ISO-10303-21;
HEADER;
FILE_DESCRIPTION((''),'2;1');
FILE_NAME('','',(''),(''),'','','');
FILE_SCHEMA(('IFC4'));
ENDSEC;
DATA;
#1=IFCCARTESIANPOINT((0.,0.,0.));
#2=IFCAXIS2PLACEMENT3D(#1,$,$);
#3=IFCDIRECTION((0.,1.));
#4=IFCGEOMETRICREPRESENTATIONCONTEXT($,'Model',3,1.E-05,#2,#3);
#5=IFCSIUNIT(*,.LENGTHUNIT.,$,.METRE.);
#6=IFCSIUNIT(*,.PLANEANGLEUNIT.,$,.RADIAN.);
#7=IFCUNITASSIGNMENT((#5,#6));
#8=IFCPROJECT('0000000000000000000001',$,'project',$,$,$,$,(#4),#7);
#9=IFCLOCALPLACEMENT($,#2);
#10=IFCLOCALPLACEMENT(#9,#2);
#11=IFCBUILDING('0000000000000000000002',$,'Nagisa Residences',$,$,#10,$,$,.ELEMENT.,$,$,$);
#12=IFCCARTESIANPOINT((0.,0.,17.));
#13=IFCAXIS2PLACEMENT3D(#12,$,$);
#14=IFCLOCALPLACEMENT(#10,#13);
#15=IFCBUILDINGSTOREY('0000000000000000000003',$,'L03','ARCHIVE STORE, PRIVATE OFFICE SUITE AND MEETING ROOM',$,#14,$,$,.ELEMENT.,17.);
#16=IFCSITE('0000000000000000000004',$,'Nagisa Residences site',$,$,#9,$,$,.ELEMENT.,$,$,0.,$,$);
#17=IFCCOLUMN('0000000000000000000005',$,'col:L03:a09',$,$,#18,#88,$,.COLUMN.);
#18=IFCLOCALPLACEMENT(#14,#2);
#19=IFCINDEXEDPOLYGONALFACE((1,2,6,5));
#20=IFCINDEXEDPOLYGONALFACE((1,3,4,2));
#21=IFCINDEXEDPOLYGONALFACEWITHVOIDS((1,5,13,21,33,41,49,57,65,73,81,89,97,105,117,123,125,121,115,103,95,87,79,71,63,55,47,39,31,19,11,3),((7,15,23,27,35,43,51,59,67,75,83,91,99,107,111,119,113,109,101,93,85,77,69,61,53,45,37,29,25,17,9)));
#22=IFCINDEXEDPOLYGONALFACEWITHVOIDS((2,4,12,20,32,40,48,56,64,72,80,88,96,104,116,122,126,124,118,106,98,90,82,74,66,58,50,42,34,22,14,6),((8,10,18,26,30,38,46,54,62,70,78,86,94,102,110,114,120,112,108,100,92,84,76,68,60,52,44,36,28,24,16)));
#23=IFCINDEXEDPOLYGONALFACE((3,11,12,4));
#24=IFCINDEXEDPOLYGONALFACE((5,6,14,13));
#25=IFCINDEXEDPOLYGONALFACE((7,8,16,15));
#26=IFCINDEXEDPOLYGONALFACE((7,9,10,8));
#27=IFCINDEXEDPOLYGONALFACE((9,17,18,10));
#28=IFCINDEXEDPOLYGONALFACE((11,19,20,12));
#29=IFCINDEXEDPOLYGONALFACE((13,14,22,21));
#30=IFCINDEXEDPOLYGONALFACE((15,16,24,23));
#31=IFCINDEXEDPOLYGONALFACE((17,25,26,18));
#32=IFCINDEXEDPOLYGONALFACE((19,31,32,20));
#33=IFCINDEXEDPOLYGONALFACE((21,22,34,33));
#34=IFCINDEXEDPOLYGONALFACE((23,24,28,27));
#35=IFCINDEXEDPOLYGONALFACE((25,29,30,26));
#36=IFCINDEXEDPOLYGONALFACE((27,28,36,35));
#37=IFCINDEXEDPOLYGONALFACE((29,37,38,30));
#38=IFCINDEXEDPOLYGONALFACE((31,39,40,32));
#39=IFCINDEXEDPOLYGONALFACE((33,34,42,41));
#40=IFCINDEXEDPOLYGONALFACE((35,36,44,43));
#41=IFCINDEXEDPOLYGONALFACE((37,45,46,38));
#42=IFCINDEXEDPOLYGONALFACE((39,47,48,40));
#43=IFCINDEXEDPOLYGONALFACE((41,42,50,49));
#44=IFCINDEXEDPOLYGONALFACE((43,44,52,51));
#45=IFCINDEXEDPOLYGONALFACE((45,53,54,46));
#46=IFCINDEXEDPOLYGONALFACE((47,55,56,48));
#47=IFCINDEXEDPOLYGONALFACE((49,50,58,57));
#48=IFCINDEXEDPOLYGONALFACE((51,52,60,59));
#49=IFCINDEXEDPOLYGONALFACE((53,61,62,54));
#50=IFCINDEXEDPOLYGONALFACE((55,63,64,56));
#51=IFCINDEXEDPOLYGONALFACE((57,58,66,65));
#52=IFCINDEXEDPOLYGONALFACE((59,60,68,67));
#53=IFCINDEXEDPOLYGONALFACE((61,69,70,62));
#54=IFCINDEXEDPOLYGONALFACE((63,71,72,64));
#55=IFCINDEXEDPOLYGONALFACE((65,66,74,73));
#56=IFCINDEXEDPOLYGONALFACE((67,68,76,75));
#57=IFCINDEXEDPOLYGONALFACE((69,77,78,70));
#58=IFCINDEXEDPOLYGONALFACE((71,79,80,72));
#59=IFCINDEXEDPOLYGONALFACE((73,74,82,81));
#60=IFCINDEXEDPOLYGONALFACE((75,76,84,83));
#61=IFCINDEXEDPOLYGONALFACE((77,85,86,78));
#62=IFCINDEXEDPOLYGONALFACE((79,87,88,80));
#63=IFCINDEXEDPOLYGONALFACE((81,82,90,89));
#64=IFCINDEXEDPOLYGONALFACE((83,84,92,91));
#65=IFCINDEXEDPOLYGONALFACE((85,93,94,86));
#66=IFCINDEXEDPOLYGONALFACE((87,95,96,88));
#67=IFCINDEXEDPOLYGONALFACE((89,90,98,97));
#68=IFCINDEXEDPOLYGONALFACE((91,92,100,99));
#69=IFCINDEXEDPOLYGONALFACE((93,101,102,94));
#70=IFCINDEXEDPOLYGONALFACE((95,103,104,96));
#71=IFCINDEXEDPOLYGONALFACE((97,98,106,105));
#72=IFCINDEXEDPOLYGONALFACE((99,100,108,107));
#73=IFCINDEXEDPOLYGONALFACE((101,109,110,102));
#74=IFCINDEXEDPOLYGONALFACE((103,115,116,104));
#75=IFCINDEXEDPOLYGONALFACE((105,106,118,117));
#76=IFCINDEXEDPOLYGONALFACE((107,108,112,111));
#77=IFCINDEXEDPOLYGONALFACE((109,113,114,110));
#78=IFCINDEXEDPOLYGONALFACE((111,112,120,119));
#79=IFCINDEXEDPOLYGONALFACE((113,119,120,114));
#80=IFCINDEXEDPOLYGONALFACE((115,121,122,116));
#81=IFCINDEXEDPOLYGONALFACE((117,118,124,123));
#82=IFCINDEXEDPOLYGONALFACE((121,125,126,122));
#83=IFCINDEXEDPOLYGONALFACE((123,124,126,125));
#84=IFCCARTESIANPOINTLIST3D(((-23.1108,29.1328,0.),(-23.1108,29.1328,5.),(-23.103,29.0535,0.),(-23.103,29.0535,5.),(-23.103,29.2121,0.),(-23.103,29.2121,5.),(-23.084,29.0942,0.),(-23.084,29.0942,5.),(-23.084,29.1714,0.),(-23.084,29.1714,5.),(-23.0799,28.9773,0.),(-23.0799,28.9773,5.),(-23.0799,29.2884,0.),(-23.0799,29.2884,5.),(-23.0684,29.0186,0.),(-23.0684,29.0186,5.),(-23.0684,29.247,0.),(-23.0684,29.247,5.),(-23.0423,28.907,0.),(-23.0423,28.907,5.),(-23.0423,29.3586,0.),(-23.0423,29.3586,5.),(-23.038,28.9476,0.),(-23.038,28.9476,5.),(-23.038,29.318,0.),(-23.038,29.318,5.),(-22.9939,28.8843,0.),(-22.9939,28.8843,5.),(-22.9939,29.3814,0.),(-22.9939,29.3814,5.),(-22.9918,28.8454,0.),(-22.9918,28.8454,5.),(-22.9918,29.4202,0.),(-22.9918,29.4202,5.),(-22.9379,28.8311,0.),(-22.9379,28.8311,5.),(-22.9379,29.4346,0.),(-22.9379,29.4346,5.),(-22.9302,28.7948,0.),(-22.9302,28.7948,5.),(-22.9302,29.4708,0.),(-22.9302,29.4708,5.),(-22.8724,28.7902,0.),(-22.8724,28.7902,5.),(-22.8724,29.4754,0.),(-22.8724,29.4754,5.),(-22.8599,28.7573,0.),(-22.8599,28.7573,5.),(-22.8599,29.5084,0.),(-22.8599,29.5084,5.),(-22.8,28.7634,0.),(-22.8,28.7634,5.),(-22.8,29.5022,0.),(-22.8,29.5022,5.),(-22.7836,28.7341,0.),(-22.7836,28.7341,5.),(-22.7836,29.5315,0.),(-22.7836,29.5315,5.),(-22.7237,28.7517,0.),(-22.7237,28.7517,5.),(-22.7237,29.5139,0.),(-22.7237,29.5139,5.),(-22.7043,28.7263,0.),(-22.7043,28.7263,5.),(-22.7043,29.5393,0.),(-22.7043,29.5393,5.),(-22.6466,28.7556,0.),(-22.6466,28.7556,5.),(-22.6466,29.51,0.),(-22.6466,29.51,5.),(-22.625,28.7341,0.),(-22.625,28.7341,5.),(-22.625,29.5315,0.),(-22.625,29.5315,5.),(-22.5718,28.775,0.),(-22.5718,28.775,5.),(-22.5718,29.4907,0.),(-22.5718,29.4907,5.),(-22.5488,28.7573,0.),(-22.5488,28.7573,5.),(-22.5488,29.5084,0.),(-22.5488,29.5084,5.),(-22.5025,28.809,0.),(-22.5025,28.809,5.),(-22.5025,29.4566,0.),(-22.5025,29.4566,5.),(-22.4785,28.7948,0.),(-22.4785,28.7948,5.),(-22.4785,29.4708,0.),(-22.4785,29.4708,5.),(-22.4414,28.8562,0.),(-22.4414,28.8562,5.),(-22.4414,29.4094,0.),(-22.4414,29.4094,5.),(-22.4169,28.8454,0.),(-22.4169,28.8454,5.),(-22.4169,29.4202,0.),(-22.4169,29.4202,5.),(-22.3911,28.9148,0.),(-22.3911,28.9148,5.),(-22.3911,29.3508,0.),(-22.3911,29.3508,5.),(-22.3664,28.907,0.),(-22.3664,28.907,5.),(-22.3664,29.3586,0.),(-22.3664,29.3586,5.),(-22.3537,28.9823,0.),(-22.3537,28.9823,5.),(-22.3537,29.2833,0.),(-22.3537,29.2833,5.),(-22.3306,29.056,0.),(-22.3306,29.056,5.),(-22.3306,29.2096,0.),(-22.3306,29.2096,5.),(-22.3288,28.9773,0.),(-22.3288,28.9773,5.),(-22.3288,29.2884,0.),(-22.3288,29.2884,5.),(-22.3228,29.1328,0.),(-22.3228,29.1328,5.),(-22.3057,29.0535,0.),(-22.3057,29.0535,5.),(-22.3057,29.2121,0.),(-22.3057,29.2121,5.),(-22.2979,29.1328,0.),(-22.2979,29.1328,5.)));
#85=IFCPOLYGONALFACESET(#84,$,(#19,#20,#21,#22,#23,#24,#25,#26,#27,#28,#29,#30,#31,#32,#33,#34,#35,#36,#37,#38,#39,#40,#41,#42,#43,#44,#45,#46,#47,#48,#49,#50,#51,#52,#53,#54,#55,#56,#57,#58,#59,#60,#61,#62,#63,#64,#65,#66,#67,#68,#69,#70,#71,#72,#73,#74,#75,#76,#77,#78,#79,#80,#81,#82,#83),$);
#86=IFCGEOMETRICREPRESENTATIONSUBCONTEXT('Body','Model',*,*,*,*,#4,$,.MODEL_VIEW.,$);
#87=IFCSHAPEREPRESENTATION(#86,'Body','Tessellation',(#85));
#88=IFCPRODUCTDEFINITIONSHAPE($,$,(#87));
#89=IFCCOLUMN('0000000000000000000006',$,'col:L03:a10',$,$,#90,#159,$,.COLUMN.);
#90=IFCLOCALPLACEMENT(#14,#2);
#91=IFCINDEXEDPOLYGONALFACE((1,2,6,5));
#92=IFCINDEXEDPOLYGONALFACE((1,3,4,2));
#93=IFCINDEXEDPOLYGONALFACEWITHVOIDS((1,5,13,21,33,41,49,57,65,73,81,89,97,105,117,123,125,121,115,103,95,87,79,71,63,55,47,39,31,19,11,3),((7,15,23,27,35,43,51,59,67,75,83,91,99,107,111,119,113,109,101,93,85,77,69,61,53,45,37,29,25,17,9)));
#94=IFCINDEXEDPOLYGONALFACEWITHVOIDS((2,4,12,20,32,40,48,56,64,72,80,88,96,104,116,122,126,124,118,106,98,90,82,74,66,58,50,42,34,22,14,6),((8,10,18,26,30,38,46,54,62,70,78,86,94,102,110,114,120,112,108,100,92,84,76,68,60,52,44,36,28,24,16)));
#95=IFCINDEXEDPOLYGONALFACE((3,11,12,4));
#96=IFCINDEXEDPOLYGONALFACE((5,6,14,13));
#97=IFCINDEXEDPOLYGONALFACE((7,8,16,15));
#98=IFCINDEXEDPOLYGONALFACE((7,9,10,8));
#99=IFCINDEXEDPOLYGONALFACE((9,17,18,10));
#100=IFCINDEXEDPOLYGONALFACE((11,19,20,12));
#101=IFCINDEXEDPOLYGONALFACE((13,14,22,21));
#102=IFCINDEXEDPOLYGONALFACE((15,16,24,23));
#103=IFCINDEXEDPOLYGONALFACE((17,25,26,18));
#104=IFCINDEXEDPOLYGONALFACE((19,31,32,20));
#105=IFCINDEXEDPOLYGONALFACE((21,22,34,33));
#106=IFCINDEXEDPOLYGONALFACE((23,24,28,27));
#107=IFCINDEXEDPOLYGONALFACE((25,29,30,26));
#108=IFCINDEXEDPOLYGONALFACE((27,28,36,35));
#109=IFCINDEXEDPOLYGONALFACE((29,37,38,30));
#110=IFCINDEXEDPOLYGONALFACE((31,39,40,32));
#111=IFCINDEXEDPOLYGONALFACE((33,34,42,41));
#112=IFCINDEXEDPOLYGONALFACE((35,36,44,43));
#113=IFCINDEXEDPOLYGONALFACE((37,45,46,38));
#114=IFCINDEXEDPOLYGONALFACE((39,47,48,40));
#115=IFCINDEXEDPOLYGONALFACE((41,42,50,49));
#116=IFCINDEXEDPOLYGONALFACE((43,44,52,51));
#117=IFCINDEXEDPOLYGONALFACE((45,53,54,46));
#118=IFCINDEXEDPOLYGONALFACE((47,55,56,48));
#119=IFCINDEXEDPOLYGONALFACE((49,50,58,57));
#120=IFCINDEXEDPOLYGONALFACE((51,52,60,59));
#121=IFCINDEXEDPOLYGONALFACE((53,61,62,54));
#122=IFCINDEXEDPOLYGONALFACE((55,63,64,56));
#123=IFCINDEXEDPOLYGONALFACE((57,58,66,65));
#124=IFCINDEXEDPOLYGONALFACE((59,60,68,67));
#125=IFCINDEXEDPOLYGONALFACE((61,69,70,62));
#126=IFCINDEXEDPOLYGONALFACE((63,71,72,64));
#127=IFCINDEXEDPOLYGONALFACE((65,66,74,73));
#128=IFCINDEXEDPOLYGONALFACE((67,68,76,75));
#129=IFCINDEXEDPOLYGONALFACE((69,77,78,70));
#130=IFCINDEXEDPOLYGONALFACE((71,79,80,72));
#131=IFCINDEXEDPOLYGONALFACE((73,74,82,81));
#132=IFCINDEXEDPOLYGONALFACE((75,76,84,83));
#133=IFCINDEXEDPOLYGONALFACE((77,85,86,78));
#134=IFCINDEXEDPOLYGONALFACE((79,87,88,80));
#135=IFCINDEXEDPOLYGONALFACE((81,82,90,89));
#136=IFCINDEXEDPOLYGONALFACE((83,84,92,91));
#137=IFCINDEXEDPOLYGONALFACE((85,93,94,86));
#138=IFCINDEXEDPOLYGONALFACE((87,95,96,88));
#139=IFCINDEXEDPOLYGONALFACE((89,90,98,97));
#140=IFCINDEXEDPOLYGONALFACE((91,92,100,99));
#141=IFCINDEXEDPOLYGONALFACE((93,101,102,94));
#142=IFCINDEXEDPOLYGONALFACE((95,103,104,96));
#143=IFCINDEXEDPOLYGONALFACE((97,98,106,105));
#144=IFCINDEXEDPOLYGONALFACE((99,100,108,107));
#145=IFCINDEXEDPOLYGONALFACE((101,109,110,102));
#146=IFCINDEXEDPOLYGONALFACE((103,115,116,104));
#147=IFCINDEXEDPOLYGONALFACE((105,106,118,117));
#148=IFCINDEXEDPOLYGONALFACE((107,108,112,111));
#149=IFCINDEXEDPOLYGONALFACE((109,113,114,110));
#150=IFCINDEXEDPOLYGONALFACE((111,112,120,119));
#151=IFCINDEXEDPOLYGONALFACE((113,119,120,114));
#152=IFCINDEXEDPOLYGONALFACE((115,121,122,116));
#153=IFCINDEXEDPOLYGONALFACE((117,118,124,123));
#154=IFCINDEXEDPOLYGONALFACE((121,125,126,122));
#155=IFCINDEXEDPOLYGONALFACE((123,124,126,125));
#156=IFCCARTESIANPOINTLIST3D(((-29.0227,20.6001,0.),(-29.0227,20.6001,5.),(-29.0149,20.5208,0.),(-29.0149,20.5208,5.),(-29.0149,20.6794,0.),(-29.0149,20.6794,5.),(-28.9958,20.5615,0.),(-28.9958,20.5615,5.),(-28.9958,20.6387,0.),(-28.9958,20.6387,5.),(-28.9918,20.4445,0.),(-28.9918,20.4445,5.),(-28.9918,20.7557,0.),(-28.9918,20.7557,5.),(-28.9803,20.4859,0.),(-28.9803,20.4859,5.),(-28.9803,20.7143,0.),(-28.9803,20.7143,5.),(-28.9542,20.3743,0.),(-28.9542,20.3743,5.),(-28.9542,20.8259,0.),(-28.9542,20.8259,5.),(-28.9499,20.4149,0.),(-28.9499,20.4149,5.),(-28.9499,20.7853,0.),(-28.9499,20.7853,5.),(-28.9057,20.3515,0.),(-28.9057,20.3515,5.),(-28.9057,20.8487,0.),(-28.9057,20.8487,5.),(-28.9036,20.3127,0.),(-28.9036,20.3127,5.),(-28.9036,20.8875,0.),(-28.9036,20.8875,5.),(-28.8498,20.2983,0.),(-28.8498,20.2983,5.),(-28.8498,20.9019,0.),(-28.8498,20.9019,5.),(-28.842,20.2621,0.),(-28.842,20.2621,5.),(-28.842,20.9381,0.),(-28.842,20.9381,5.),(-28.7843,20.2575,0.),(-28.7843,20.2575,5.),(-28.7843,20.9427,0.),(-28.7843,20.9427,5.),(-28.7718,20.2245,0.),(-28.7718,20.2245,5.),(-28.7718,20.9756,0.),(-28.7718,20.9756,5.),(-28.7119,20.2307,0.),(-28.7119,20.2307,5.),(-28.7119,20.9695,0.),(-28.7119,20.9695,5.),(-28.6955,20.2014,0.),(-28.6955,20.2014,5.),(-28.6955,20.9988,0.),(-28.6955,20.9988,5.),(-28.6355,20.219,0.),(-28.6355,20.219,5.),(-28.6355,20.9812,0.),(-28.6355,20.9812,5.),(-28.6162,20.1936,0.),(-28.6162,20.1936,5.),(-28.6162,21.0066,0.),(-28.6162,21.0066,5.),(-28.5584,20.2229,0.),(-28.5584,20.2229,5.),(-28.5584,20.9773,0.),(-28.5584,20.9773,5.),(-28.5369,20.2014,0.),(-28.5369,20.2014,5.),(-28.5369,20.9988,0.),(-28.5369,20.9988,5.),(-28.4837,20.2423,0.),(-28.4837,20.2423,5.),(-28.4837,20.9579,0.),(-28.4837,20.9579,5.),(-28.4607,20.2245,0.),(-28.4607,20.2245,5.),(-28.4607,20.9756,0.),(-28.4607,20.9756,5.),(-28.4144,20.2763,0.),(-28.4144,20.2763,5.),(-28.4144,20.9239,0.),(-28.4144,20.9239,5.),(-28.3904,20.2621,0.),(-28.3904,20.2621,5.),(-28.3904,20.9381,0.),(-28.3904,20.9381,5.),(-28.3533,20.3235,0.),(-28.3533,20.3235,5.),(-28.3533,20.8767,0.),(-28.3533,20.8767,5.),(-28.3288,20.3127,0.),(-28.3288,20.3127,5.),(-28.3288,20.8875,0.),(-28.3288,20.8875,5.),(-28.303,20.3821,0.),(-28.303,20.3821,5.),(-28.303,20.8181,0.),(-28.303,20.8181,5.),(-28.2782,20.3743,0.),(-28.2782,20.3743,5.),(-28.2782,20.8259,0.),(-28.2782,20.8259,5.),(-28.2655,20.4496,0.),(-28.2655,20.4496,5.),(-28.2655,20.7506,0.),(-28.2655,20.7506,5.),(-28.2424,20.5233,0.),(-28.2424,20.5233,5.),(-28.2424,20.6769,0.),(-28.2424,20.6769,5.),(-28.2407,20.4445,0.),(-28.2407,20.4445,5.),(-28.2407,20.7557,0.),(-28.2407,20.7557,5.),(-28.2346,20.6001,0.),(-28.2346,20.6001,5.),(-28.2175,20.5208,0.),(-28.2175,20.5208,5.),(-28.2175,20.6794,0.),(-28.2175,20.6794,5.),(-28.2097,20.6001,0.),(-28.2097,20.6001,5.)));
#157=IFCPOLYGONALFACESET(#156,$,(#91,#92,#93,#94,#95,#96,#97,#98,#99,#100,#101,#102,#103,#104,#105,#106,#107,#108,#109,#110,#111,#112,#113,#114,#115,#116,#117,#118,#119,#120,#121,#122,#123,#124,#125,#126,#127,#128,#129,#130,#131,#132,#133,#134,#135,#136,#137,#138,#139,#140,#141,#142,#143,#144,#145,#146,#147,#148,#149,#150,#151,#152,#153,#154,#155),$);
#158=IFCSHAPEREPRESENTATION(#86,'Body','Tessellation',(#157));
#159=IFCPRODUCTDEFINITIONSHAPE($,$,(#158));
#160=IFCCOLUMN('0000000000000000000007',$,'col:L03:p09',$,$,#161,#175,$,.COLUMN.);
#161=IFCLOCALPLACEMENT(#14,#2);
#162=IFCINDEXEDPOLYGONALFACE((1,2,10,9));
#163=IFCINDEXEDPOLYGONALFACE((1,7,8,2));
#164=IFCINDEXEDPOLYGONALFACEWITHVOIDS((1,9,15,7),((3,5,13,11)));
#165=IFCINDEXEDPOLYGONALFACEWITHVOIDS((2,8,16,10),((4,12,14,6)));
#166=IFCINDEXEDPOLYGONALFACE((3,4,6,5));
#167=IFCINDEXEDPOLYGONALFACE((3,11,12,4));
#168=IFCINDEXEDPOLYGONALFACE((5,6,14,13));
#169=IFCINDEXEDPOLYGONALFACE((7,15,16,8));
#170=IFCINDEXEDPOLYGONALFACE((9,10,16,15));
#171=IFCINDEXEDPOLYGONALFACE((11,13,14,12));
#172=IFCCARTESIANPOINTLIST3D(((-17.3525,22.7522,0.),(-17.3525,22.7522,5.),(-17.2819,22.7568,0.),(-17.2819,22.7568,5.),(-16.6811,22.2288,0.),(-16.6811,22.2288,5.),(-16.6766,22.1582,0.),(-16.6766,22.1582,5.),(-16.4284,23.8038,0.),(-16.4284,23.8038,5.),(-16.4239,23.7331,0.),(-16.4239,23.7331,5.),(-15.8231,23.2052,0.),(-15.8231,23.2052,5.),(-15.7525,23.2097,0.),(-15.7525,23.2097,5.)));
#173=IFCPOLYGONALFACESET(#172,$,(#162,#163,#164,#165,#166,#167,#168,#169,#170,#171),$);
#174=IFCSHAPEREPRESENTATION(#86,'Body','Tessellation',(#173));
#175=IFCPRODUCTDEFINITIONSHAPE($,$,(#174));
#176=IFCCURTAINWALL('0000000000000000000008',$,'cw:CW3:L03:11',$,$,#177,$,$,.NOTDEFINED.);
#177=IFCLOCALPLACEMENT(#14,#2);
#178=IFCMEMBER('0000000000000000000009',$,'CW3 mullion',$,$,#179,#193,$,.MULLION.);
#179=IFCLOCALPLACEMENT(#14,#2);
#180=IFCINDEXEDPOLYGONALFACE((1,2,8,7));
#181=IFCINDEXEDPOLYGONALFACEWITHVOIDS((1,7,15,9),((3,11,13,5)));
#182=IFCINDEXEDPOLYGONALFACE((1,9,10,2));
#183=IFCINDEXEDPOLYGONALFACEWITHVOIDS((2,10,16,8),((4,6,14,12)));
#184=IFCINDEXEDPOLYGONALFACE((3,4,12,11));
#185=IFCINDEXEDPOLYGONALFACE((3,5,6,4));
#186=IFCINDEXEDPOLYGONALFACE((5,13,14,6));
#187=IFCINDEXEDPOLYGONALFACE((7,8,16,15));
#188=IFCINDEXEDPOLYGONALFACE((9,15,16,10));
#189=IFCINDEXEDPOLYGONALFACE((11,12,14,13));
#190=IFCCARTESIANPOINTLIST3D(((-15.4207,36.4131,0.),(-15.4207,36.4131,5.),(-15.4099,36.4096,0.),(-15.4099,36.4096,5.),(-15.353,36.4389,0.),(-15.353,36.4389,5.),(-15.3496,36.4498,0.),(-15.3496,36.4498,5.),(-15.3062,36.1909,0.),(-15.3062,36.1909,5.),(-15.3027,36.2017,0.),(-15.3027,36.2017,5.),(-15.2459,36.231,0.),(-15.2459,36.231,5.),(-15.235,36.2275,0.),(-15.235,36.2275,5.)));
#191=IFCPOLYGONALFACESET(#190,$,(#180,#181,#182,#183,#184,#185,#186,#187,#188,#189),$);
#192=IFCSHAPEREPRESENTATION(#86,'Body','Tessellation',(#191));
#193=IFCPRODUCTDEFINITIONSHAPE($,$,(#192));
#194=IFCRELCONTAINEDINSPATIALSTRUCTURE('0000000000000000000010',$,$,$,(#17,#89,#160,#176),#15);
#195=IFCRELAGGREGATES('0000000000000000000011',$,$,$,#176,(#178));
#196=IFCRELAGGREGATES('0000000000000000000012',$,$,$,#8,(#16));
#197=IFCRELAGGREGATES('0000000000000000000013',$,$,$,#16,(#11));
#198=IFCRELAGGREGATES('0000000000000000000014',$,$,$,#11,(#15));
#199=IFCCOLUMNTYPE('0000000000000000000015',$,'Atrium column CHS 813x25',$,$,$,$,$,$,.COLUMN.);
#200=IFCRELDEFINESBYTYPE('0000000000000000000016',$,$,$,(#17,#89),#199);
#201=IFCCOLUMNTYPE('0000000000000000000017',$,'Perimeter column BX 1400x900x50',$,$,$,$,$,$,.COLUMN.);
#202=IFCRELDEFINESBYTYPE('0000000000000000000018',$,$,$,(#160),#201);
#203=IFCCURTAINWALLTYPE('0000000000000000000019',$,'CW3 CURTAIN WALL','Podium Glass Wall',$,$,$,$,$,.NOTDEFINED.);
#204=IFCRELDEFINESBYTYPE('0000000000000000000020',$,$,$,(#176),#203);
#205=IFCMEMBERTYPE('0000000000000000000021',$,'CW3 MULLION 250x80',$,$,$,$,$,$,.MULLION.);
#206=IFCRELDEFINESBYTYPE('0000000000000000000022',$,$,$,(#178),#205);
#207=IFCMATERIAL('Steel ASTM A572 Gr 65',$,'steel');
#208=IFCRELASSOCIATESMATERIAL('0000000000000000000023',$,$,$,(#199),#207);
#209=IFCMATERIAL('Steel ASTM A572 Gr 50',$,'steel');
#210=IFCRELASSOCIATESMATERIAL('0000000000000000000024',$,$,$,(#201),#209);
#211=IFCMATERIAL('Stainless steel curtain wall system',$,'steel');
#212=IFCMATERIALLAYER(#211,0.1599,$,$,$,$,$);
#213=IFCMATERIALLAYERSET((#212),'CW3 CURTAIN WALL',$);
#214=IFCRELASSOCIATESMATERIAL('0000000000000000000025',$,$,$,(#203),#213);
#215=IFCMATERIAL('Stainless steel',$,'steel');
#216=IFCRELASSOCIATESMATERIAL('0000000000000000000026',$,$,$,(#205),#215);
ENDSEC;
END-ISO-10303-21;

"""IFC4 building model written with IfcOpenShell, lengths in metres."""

from ifc_helpers import new_model, si_unit, direction, frame, origin, origin_2d, place, context, subcontext, project, spatial, hollow_rectangle, hollow_circle, extrude, material, layer, layer_set, material_profile, profile_set, type_object, element, aggregate, save


model = new_model("IFC4")

# Units and contexts
model_context = context("Model", 3, precision=1e-05, world=origin(), true_north=direction((0.0, 1.0)))
body_context = subcontext(model_context, "Body", "Model", "MODEL_VIEW")
ifc_project = project(units=[si_unit("LENGTHUNIT", "METRE"), si_unit("PLANEANGLEUNIT", "RADIAN")], contexts=[model_context])

# Site, building, storey
site_placement = place(None, origin())
site = spatial("IfcSite", under=ifc_project, at=site_placement, Name="Nagisa Residences site", CompositionType="ELEMENT", RefElevation=0.0)
building_placement = place(site_placement, origin())
building = spatial("IfcBuilding", under=site, at=building_placement, Name="Nagisa Residences", CompositionType="ELEMENT")
storey_placement = place(building_placement, frame((0.0, 0.0, 17.0)))
storey = spatial("IfcBuildingStorey", under=building, at=storey_placement, Name="L03", Description="ARCHIVE STORE, PRIVATE OFFICE SUITE AND MEETING ROOM", CompositionType="ELEMENT", Elevation=17.0)

# Columns
ifc_material_1 = material(Name="Steel ASTM A572 Gr 65", Category="steel")
ifc_material_profile_1 = material_profile(ifc_material_1, hollow_circle(Radius=0.4065, WallThickness=0.0249, at=origin_2d()), Name="CHS 813x25")
ifc_profile_set_1 = profile_set([ifc_material_profile_1], Name="Steel ASTM A572 Gr 65")
column_type_1 = type_object("IfcColumnType", Name="Atrium column CHS 813x25", PredefinedType="COLUMN", material=ifc_profile_set_1)
for number, where, z_axis, x_axis, name in (
    (1, (-22.7043, 29.1328, 0.0), (0.0, 0.0, 1.0), (1.0, 0.0, 0.0), "col:L03:a09"),
    (2, (-28.6162, 20.6001, 0.0), (0.0, 0.0, 1.0), (1.0, 0.0, 0.0), "col:L03:a10"),
):
    element("IfcColumn", number, at=place(storey_placement, frame(where, z_axis=z_axis, x_axis=x_axis)), inside=storey, type_object=column_type_1, Name=name, PredefinedType="COLUMN", context=body_context, shape_type="SweptSolid", body=[
        extrude(hollow_circle(Radius=0.4065, WallThickness=0.0249, at=origin_2d()), origin(), (0.0, 0.0, 1.0), 5.0),
    ])
ifc_material_2 = material(Name="Steel ASTM A572 Gr 50", Category="steel")
ifc_material_profile_2 = material_profile(ifc_material_2, hollow_rectangle(XDim=1.3999, YDim=0.8999, WallThickness=0.05, at=origin_2d()), Name="BX 1400x900x50")
ifc_profile_set_2 = profile_set([ifc_material_profile_2], Name="Steel ASTM A572 Gr 50")
column_type_2 = type_object("IfcColumnType", Name="Perimeter column BX 1400x900x50", PredefinedType="COLUMN", material=ifc_profile_set_2)
column_placement = place(storey_placement, frame((-16.5525, 22.981, 0.0), z_axis=(0.0, 0.0, 1.0), x_axis=(-0.660115, -0.751165, 0.0)))
element("IfcColumn", 3, at=column_placement, inside=storey, type_object=column_type_2, Name="col:L03:p09", PredefinedType="COLUMN", context=body_context, shape_type="SweptSolid", body=[
    extrude(hollow_rectangle(XDim=1.3999, YDim=0.8999, WallThickness=0.05, at=origin_2d()), origin(), (0.0, 0.0, 1.0), 5.0),
])

# Curtain wall, member
ifc_material_3 = material(Name="Stainless steel curtain wall system", Category="steel")
ifc_layer_1 = layer(ifc_material_3, 0.1599)
ifc_layer_set_1 = layer_set([ifc_layer_1], Name="CW3 CURTAIN WALL")
curtain_wall_type_1 = type_object("IfcCurtainWallType", Name="CW3 CURTAIN WALL", Description="Podium Glass Wall", PredefinedType="NOTDEFINED", material=ifc_layer_set_1)
curtain_wall_1_placement = place(storey_placement, origin())
curtain_wall_1 = element("IfcCurtainWall", 4, at=curtain_wall_1_placement, inside=storey, type_object=curtain_wall_type_1, Name="cw:CW3:L03:11", PredefinedType="NOTDEFINED")
ifc_material_4 = material(Name="Stainless steel", Category="steel")
ifc_material_profile_3 = material_profile(ifc_material_4, hollow_rectangle(XDim=0.25, YDim=0.0801, WallThickness=0.0081, at=origin_2d()), Name="CW3 MULLION 250x80")
ifc_profile_set_3 = profile_set([ifc_material_profile_3], Name="Stainless steel")
member_type_1 = type_object("IfcMemberType", Name="CW3 MULLION 250x80", PredefinedType="MULLION", material=ifc_profile_set_3)
member_1_placement = place(storey_placement, frame((-15.3279, 36.3203, 0.0), z_axis=(0.0, 0.0, 1.0), x_axis=(0.458126, -0.888887, 0.0)))
member_1 = element("IfcMember", 5, at=member_1_placement, type_object=member_type_1, Name="CW3 mullion", PredefinedType="MULLION", context=body_context, shape_type="SweptSolid", body=[
    extrude(hollow_rectangle(XDim=0.25, YDim=0.0801, WallThickness=0.0081, at=origin_2d()), origin(), (0.0, 0.0, 1.0), 5.0),
])
aggregate(curtain_wall_1, [member_1])

save(model, "model.ifc")
